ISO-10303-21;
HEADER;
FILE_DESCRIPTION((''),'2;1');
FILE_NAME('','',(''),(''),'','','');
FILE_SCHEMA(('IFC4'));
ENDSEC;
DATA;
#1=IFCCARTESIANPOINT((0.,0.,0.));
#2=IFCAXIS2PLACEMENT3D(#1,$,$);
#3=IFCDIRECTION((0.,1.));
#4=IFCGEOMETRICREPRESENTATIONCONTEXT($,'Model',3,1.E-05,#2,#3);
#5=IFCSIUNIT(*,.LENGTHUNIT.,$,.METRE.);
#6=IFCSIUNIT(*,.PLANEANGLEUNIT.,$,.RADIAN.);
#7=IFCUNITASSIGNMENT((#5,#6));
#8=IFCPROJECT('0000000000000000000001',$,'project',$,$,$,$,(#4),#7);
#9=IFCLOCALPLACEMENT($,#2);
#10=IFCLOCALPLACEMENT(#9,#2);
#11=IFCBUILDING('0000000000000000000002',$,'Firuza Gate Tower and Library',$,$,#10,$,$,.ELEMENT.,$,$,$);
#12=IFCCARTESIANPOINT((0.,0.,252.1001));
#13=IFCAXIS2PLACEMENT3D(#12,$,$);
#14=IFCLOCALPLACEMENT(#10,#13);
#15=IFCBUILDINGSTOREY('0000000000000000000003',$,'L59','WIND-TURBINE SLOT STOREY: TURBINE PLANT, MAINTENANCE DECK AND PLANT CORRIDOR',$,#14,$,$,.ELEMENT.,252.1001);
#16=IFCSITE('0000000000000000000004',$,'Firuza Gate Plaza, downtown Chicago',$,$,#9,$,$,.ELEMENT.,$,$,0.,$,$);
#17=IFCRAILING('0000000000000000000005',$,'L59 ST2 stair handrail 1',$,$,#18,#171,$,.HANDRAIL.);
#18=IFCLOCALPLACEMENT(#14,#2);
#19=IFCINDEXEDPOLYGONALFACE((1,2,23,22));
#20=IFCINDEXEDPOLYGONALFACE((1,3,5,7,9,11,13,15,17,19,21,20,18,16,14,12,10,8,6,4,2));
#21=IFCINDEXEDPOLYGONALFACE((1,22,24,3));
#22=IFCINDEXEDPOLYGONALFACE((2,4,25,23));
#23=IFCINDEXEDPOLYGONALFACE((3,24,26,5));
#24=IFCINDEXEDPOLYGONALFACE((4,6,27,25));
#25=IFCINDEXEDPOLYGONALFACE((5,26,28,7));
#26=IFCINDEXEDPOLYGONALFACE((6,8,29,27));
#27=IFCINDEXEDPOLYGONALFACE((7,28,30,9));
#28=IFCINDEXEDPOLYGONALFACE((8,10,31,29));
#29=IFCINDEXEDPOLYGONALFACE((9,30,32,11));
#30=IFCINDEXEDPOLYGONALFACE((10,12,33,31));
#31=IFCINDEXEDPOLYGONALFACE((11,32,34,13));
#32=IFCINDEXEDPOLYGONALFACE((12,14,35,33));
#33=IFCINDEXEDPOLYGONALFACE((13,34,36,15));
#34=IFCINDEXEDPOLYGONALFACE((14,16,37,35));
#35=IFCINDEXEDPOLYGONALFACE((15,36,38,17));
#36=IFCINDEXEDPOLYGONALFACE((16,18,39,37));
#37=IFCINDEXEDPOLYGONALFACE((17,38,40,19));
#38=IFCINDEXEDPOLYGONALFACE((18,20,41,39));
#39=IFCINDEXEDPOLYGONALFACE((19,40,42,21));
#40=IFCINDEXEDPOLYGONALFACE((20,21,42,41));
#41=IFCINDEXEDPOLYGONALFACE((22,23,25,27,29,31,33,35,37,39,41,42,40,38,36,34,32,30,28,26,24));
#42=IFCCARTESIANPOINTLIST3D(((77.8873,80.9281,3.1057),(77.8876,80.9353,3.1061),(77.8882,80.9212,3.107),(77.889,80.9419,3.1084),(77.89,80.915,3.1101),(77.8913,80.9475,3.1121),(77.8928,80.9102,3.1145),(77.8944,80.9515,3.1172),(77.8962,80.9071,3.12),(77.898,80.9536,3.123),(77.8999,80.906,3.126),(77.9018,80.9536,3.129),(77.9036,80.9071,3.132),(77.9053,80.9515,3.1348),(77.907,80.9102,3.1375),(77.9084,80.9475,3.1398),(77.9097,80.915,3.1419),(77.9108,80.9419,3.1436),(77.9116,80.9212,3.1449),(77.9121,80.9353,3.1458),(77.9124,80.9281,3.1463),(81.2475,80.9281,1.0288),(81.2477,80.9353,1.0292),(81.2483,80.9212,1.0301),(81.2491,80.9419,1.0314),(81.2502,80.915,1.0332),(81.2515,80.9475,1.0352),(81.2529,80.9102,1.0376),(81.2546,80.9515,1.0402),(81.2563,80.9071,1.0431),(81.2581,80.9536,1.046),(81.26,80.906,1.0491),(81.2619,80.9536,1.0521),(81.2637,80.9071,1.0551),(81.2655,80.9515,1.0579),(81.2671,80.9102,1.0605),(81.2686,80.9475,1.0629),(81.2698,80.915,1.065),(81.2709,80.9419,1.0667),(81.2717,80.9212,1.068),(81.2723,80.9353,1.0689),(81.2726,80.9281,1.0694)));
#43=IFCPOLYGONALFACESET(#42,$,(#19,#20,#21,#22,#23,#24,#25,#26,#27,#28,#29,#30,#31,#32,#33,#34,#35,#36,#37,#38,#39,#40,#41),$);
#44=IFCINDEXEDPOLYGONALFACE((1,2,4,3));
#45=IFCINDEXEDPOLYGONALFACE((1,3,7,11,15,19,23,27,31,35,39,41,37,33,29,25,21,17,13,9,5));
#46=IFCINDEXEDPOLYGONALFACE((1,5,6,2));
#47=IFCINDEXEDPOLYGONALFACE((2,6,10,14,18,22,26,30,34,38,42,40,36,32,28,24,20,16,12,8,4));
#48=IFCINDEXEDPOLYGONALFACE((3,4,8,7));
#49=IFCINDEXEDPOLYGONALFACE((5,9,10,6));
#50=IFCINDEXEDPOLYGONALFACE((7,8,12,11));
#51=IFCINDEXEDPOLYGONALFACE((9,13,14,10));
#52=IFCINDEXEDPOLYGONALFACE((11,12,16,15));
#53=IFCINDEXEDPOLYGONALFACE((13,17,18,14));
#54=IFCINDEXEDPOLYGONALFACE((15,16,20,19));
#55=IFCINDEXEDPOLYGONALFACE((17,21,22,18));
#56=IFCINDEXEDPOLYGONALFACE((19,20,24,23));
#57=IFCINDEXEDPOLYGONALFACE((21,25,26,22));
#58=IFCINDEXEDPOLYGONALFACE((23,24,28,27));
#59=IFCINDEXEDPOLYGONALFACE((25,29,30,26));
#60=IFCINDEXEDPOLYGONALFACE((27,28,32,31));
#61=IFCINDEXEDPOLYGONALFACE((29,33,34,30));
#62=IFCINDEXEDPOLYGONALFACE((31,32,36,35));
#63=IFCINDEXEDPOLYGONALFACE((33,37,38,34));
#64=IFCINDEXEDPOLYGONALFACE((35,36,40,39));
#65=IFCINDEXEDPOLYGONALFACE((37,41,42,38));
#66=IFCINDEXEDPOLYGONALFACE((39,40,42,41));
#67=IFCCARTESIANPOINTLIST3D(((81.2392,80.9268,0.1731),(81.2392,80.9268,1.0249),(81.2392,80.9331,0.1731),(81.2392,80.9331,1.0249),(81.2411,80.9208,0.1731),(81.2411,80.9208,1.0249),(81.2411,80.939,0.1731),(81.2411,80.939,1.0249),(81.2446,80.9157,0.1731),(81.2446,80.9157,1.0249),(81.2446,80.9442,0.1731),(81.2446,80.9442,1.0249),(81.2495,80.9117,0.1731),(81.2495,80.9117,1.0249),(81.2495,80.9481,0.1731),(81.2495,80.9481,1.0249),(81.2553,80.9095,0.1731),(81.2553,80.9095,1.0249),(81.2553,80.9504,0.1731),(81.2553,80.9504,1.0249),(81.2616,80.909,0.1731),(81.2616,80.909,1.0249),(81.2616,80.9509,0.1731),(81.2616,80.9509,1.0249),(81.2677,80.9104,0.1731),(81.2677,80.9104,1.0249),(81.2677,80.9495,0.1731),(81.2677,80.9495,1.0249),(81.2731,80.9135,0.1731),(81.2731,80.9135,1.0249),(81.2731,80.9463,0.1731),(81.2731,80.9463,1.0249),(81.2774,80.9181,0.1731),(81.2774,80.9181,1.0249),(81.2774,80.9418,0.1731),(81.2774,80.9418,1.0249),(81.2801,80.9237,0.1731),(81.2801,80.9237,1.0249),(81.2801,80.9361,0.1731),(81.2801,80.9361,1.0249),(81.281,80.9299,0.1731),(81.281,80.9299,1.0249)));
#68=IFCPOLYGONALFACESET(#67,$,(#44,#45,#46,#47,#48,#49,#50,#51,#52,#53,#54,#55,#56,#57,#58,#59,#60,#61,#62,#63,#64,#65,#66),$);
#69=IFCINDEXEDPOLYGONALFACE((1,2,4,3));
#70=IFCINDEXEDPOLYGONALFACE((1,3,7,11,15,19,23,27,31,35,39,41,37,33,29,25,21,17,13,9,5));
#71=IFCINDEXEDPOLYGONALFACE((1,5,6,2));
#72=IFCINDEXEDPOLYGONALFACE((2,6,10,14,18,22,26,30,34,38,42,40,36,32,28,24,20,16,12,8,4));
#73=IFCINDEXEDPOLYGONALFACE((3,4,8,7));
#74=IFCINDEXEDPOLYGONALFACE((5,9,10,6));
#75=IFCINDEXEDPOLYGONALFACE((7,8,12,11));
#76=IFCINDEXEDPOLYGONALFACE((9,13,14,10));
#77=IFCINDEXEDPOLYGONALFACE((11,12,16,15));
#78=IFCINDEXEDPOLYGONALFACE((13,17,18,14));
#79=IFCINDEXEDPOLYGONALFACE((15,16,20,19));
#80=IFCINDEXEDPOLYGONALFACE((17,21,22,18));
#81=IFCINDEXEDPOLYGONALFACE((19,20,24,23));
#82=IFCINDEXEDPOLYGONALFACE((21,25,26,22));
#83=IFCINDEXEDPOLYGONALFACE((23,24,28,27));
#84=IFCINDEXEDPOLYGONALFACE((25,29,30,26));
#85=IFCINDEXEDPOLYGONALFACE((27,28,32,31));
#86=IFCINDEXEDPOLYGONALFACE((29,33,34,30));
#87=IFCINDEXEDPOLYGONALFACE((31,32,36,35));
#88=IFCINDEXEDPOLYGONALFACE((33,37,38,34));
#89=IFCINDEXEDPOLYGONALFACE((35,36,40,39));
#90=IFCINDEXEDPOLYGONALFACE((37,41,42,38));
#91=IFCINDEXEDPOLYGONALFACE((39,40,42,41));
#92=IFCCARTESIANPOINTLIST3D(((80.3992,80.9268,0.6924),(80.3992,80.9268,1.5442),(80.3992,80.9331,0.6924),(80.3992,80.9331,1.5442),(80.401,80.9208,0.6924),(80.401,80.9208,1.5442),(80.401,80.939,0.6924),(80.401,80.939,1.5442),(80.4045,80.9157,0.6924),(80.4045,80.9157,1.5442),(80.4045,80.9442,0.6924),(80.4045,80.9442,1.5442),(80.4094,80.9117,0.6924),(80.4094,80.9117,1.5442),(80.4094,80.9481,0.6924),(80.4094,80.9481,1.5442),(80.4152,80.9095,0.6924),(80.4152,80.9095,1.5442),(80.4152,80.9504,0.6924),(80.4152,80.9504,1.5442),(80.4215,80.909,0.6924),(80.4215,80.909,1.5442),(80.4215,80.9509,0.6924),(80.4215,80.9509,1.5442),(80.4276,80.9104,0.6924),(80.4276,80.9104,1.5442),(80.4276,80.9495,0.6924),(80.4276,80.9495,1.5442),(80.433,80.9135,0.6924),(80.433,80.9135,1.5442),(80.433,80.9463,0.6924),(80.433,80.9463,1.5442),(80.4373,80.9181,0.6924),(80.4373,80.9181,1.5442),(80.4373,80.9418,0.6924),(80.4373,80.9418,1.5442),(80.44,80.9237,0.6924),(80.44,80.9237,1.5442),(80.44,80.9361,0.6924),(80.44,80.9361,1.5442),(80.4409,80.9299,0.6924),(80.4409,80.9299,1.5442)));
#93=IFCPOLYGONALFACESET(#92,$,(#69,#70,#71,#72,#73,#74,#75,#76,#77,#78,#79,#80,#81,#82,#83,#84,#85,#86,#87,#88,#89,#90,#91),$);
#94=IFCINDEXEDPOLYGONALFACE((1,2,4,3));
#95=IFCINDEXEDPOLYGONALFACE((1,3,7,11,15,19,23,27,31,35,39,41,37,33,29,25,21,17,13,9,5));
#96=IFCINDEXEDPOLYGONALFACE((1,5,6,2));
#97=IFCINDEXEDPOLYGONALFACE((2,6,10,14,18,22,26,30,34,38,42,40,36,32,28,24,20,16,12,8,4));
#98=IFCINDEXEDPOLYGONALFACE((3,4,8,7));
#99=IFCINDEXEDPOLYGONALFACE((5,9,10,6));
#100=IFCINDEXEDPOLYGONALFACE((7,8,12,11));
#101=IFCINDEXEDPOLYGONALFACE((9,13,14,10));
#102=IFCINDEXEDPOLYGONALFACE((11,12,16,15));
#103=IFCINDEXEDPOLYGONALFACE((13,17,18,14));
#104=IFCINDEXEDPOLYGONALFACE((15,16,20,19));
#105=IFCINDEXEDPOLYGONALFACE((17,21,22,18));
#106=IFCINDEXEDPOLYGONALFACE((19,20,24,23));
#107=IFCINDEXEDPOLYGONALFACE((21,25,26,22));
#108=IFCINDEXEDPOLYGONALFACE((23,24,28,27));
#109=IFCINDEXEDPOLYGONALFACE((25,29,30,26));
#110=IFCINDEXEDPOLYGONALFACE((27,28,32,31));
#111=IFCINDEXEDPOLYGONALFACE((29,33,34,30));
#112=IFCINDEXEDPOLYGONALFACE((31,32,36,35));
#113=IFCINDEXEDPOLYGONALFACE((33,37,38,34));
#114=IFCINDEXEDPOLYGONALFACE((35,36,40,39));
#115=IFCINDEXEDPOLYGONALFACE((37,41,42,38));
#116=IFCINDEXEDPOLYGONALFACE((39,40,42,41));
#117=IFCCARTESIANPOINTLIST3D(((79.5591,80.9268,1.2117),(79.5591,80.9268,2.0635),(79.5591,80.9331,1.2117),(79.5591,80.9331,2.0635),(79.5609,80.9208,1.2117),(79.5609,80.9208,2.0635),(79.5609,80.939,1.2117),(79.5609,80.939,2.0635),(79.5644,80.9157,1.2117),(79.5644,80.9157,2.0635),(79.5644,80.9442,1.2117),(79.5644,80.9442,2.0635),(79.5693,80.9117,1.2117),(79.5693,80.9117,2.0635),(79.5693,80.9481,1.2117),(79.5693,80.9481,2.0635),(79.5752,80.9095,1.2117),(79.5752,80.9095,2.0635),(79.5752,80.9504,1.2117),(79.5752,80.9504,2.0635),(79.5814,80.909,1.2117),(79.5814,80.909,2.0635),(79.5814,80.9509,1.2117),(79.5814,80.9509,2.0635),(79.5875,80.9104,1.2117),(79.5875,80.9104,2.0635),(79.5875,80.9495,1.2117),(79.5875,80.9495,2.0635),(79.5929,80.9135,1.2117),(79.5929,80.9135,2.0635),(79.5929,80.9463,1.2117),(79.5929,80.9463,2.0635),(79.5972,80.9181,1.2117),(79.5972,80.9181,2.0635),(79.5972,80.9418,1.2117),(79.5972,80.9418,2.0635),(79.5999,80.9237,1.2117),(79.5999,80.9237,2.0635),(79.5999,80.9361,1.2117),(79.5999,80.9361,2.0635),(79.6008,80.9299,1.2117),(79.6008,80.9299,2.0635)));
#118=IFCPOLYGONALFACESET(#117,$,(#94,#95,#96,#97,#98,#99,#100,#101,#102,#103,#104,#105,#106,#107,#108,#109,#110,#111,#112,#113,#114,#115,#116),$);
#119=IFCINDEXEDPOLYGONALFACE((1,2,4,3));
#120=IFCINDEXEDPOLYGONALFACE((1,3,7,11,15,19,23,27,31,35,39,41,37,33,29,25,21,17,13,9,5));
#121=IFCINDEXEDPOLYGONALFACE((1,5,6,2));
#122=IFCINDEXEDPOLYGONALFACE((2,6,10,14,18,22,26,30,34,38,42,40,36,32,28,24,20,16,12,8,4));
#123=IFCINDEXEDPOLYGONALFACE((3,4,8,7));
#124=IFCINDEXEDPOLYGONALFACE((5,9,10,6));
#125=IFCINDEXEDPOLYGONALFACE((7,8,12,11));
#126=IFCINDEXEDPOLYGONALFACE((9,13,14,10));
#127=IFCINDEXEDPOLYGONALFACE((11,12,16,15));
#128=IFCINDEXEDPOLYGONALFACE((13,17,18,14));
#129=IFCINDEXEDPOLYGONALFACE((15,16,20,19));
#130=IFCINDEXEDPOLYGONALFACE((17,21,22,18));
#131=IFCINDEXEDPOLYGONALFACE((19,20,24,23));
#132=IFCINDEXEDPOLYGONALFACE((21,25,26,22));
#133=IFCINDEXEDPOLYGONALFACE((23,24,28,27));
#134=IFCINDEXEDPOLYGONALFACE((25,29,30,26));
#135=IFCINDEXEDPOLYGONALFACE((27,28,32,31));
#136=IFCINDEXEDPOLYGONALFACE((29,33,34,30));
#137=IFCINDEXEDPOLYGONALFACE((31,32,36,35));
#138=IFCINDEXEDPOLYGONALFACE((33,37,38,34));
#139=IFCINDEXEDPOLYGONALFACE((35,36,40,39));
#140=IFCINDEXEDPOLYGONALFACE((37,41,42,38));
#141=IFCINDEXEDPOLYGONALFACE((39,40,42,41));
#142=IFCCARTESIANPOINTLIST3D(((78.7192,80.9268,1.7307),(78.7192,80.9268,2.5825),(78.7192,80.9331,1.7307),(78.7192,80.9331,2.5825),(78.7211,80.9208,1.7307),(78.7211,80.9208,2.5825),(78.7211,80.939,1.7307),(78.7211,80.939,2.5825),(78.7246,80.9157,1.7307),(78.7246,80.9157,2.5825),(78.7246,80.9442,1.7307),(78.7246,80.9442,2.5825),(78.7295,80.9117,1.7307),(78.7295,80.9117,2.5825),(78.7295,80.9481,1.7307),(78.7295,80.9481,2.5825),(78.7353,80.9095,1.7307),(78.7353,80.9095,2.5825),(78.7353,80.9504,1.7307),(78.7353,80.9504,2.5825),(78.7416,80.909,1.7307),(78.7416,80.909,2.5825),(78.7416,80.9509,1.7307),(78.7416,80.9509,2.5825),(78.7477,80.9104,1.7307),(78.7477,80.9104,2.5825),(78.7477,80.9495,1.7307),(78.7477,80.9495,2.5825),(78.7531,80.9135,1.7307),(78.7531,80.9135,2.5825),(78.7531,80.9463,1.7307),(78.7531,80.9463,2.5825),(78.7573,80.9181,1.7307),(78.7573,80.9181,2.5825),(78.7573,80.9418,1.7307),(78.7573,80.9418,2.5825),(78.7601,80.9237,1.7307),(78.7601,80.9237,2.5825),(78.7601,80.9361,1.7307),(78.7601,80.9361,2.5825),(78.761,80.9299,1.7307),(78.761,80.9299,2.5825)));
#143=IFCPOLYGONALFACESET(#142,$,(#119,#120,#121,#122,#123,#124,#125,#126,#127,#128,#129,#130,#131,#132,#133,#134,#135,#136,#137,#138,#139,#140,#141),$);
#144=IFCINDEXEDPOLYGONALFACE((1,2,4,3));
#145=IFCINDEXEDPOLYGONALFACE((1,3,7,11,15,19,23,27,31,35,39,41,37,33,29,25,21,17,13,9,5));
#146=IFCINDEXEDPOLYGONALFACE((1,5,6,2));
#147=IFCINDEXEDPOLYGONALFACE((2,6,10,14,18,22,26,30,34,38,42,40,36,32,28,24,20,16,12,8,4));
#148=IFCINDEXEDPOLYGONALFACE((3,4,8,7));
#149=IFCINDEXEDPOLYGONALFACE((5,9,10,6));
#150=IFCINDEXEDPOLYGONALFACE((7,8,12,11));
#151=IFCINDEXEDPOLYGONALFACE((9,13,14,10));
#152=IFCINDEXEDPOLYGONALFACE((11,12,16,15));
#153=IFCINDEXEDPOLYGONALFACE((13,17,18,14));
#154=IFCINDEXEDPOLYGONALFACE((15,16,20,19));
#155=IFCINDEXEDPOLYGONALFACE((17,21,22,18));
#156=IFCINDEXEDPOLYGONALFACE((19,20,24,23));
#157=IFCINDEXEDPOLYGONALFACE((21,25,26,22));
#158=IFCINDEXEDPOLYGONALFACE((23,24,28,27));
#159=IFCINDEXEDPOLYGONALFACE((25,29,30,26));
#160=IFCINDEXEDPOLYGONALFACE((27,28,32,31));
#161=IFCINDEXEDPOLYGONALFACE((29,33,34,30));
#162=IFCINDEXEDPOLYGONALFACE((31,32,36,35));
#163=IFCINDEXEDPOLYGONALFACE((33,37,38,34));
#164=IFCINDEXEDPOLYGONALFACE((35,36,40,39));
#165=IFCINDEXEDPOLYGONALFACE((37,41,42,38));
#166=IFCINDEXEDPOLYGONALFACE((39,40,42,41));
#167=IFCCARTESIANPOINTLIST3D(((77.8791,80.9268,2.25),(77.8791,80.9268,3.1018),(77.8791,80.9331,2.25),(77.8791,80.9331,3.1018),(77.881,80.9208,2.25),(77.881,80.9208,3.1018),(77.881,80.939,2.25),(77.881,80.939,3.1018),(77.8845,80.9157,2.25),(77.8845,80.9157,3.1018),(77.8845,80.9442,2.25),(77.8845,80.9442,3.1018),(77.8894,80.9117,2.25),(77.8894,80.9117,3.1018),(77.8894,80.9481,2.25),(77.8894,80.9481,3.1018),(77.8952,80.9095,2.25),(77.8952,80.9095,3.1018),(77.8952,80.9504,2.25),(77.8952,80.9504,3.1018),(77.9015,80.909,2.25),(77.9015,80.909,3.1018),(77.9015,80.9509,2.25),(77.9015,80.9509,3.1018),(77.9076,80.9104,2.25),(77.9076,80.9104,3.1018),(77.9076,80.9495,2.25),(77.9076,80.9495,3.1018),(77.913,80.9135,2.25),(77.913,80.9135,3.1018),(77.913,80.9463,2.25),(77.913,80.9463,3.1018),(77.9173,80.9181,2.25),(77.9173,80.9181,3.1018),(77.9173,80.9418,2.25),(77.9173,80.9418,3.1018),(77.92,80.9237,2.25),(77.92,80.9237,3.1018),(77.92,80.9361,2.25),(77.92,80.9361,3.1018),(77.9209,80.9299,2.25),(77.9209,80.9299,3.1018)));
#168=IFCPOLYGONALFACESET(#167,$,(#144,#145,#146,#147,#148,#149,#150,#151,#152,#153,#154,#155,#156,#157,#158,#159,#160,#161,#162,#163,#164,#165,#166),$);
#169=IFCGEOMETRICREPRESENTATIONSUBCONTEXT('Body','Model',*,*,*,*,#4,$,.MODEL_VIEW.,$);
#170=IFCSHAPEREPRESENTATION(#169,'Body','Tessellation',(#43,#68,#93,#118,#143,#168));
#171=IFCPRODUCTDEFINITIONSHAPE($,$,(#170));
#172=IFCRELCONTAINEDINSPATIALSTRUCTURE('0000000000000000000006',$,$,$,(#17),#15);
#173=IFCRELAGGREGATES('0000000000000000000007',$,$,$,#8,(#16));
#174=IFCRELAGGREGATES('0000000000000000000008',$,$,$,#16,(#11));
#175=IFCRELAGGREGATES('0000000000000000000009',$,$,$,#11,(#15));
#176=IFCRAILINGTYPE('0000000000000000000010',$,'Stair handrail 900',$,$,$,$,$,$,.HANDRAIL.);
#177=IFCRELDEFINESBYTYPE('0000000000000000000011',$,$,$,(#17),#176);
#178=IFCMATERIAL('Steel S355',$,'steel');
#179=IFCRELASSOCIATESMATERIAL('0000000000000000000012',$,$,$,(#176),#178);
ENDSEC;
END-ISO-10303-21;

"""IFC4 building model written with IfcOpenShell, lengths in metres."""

from ifc_helpers import new_model, si_unit, direction, frame, origin, origin_2d, place, context, subcontext, project, spatial, circle, extrude, material, type_object, element, save


model = new_model("IFC4")

# Units and contexts
model_context = context("Model", 3, precision=1e-05, world=origin(), true_north=direction((0.0, 1.0)))
body_context = subcontext(model_context, "Body", "Model", "MODEL_VIEW")
ifc_project = project(units=[si_unit("LENGTHUNIT", "METRE"), si_unit("PLANEANGLEUNIT", "RADIAN")], contexts=[model_context])

# Site, building, storey
site_placement = place(None, origin())
site = spatial("IfcSite", under=ifc_project, at=site_placement, Name="Firuza Gate Plaza, downtown Chicago", CompositionType="ELEMENT", RefElevation=0.0)
building_placement = place(site_placement, origin())
building = spatial("IfcBuilding", under=site, at=building_placement, Name="Firuza Gate Tower and Library", CompositionType="ELEMENT")
storey_placement = place(building_placement, frame((0.0, 0.0, 252.1001)))
storey = spatial("IfcBuildingStorey", under=building, at=storey_placement, Name="L59", Description="WIND-TURBINE SLOT STOREY: TURBINE PLANT, MAINTENANCE DECK AND PLANT CORRIDOR", CompositionType="ELEMENT", Elevation=252.1001)

# Railing
ifc_material_1 = material(Name="Steel S355", Category="steel")
railing_type_1 = type_object("IfcRailingType", Name="Stair handrail 900", PredefinedType="HANDRAIL", material=ifc_material_1)
railing_1_placement = place(storey_placement, frame((81.26, 80.9299, 0.1731)))
element("IfcRailing", 1, at=railing_1_placement, inside=storey, type_object=railing_type_1, Name="L59 ST2 stair handrail 1", PredefinedType="HANDRAIL", context=body_context, shape_type="SweptSolid", body=[
    extrude(circle(Radius=0.0239, at=origin_2d()), frame((0.0, 0.0, 0.876), z_axis=(-0.850623, 0.0, 0.525776), x_axis=(0.0, -1.0, 0.0)), (0.0, 0.0, 1.0), 3.9502),
    extrude(circle(Radius=0.021, at=origin_2d()), origin(), (0.0, 0.0, 1.0), 0.8518),
    extrude(circle(Radius=0.021, at=origin_2d()), frame((-0.8401, 0.0, 0.5193)), (0.0, 0.0, 1.0), 0.8518),
    extrude(circle(Radius=0.021, at=origin_2d()), frame((-1.6802, 0.0, 1.0386)), (0.0, 0.0, 1.0), 0.8518),
    extrude(circle(Radius=0.021, at=origin_2d()), frame((-2.52, 0.0, 1.5576)), (0.0, 0.0, 1.0), 0.8518),
    extrude(circle(Radius=0.021, at=origin_2d()), frame((-3.3601, 0.0, 2.0769)), (0.0, 0.0, 1.0), 0.8518),
])

save(model, "model.ifc")
